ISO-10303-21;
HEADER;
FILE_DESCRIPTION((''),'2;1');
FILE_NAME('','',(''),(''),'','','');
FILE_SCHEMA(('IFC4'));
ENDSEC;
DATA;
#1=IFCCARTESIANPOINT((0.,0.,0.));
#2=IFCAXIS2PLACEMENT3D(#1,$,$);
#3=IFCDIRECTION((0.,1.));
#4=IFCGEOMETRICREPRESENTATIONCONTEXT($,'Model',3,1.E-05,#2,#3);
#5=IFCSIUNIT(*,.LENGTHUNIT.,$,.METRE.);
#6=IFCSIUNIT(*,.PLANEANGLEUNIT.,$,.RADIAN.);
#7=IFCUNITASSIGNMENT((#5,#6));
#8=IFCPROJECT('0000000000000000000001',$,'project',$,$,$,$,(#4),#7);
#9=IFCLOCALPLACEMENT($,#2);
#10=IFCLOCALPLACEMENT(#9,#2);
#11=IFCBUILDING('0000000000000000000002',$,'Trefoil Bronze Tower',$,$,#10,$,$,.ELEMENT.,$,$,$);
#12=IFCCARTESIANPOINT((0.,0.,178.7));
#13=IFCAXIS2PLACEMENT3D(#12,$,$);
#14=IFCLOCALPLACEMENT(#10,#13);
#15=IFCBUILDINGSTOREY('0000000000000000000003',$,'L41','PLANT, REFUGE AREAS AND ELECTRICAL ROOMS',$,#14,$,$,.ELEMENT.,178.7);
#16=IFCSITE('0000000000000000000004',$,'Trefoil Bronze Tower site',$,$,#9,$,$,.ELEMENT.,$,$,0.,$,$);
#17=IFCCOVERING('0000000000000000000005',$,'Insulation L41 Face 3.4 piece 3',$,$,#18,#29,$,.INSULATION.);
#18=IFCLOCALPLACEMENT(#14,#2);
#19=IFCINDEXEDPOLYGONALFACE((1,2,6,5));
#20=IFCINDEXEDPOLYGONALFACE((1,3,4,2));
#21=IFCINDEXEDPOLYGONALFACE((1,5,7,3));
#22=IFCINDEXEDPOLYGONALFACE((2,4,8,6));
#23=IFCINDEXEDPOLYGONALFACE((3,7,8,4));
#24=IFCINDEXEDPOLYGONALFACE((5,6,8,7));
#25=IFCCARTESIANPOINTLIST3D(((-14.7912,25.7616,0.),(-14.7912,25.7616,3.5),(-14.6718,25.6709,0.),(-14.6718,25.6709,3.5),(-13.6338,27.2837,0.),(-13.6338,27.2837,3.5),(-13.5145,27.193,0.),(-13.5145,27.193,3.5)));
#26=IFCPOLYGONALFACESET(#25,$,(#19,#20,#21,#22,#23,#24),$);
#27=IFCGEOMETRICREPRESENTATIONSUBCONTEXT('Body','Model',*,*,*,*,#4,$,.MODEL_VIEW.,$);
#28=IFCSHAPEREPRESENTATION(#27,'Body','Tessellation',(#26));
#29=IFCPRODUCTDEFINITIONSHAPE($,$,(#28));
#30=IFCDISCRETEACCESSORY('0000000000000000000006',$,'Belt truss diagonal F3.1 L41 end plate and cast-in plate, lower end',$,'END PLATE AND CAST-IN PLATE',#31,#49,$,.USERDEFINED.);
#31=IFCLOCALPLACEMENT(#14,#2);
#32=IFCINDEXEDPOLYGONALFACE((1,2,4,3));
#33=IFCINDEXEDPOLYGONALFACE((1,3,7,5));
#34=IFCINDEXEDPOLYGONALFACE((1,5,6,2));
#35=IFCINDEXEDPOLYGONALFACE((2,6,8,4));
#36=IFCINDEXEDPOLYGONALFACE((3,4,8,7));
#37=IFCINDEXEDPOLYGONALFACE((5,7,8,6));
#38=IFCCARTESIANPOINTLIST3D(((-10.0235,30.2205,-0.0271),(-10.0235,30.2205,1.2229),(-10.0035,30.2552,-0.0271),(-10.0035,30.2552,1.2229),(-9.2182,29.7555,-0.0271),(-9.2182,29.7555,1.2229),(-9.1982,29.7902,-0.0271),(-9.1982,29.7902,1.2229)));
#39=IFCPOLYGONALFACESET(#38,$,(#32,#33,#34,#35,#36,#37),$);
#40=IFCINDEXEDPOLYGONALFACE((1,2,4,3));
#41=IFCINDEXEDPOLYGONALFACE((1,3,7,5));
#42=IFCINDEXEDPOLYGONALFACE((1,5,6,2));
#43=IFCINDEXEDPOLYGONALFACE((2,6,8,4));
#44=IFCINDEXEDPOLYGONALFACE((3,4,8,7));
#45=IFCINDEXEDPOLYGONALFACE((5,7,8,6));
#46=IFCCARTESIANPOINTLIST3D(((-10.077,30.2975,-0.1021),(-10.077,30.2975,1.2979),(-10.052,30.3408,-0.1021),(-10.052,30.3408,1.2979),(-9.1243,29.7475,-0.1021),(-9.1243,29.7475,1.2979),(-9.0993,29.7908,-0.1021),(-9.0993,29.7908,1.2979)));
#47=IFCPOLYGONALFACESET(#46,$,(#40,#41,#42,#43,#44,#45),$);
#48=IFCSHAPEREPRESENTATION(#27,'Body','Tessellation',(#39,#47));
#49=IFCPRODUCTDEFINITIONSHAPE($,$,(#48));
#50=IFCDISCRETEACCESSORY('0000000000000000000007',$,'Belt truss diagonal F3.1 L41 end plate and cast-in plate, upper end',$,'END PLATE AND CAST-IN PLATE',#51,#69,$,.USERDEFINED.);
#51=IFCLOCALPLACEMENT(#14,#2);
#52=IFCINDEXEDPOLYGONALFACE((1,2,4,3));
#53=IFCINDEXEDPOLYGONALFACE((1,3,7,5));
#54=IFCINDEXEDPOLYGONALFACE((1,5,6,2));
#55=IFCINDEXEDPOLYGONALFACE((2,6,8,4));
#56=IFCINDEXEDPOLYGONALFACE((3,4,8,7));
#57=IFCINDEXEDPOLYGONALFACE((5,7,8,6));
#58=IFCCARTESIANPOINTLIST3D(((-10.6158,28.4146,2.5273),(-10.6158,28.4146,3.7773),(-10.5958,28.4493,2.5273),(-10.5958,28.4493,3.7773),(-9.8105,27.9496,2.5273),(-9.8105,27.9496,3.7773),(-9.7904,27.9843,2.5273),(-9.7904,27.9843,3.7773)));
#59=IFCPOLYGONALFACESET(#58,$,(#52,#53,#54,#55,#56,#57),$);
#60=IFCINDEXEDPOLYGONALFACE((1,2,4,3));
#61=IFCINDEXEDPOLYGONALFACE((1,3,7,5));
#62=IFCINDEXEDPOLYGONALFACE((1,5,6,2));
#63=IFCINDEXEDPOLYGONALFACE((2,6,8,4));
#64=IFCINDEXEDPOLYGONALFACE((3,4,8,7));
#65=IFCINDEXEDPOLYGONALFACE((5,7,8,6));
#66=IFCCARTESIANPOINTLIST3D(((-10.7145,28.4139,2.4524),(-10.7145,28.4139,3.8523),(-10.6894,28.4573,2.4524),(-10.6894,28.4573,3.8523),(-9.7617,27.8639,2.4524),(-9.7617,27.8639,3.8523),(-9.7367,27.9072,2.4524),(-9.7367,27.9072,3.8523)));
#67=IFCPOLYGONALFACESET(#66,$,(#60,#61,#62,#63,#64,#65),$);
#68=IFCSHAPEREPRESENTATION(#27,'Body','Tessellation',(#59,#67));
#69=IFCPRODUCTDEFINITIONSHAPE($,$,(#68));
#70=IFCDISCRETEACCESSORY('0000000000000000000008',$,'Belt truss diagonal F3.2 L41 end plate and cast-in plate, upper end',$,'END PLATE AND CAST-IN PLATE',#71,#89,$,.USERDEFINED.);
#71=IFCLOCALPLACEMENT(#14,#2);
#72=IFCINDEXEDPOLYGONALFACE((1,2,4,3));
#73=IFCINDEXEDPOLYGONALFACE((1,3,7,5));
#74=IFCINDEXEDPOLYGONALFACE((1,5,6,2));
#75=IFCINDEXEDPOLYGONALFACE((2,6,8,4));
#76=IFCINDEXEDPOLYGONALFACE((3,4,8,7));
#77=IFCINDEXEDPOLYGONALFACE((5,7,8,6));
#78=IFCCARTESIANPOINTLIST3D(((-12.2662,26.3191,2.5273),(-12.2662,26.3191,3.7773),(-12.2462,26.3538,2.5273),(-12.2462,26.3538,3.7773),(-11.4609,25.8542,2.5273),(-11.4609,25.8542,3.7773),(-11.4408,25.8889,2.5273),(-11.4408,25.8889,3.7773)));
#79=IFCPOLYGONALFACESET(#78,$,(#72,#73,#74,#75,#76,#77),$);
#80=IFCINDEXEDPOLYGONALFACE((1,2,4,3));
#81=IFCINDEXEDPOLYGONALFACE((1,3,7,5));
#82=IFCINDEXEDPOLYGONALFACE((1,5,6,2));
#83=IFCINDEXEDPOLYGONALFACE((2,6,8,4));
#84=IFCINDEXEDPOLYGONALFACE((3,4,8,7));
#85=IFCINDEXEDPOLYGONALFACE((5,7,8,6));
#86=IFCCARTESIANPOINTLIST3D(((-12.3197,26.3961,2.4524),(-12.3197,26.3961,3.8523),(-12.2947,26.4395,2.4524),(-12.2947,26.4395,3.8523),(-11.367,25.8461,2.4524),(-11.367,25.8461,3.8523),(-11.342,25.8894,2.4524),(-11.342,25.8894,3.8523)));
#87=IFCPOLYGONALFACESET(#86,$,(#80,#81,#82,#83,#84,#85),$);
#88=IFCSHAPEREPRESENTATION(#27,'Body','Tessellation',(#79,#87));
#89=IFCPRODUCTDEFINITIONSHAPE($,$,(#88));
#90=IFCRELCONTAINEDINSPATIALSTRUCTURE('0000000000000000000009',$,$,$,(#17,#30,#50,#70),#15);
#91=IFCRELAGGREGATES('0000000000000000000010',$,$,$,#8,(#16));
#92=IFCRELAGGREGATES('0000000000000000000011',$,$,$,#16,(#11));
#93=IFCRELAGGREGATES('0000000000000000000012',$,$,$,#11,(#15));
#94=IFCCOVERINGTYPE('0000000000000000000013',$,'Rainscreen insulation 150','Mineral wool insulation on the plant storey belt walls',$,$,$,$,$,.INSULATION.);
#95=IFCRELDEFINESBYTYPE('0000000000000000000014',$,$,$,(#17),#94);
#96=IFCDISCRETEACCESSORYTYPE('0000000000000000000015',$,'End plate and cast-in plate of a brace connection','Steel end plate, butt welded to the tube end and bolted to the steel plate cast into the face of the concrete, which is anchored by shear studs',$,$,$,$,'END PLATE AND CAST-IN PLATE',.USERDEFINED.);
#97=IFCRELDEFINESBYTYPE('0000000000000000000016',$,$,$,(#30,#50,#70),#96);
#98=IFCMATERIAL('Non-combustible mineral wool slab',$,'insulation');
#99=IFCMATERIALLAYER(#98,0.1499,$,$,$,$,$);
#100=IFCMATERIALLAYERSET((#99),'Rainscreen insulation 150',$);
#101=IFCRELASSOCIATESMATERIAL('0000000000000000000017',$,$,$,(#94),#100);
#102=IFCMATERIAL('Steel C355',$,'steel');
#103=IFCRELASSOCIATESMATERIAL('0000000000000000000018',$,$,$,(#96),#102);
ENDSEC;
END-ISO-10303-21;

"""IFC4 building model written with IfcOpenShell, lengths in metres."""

from ifc_helpers import new_model, si_unit, direction, frame, origin, origin_2d, place, context, subcontext, project, spatial, rectangle, extrude, material, layer, layer_set, type_object, element, save


model = new_model("IFC4")

# Units and contexts
model_context = context("Model", 3, precision=1e-05, world=origin(), true_north=direction((0.0, 1.0)))
body_context = subcontext(model_context, "Body", "Model", "MODEL_VIEW")
ifc_project = project(units=[si_unit("LENGTHUNIT", "METRE"), si_unit("PLANEANGLEUNIT", "RADIAN")], contexts=[model_context])

# Site, building, storey
site_placement = place(None, origin())
site = spatial("IfcSite", under=ifc_project, at=site_placement, Name="Trefoil Bronze Tower site", CompositionType="ELEMENT", RefElevation=0.0)
building_placement = place(site_placement, origin())
building = spatial("IfcBuilding", under=site, at=building_placement, Name="Trefoil Bronze Tower", CompositionType="ELEMENT")
storey_placement = place(building_placement, frame((0.0, 0.0, 178.7)))
storey = spatial("IfcBuildingStorey", under=building, at=storey_placement, Name="L41", Description="PLANT, REFUGE AREAS AND ELECTRICAL ROOMS", CompositionType="ELEMENT", Elevation=178.7)

# Covering
ifc_material_1 = material(Name="Non-combustible mineral wool slab", Category="insulation")
ifc_layer_1 = layer(ifc_material_1, 0.1499)
ifc_layer_set_1 = layer_set([ifc_layer_1], Name="Rainscreen insulation 150")
covering_type_1 = type_object("IfcCoveringType", Name="Rainscreen insulation 150", Description="Mineral wool insulation on the plant storey belt walls", PredefinedType="INSULATION", material=ifc_layer_set_1)
covering_1_placement = place(storey_placement, frame((-14.1528, 26.4773, 0.0), z_axis=(0.0, 0.0, 1.0), x_axis=(-0.605252, -0.796034, 0.0)))
element("IfcCovering", 1, at=covering_1_placement, inside=storey, type_object=covering_type_1, Name="Insulation L41 Face 3.4 piece 3", PredefinedType="INSULATION", context=body_context, shape_type="SweptSolid", body=[
    extrude(rectangle(XDim=1.9121, YDim=0.1499, at=origin_2d()), origin(), (0.0, 0.0, 1.0), 3.5),
])

# Discrete accessories
ifc_material_2 = material(Name="Steel C355", Category="steel")
discrete_accessory_type = type_object("IfcDiscreteAccessoryType", Name="End plate and cast-in plate of a brace connection", Description="Steel end plate, butt welded to the tube end and bolted to the steel plate cast into the face of the concrete, which is anchored by shear studs", ElementType="END PLATE AND CAST-IN PLATE", PredefinedType="USERDEFINED", material=ifc_material_2)
discrete_accessory_1_placement = place(storey_placement, frame((-9.6008, 30.0227, 0.5979), z_axis=(0.0, 0.0, 1.0), x_axis=(-0.5, -0.866025, 0.0)))
element("IfcDiscreteAccessory", 2, at=discrete_accessory_1_placement, inside=storey, type_object=discrete_accessory_type, Name="Belt truss diagonal F3.1 L41 end plate and cast-in plate, lower end", ObjectType="END PLATE AND CAST-IN PLATE", PredefinedType="USERDEFINED", context=body_context, shape_type="SweptSolid", body=[
    extrude(rectangle(XDim=0.04, YDim=0.9299, at=origin_2d()), frame((0.02, 0.0, -0.625)), (0.0, 0.0, 1.0), 1.25),
    extrude(rectangle(XDim=0.05, YDim=1.1001, at=origin_2d()), frame((-0.0249, 0.0002, -0.7)), (0.0, 0.0, 1.0), 1.3999),
])
discrete_accessory_2_placement = place(storey_placement, frame((-10.2131, 28.1821, 3.1523), z_axis=(0.0, 0.0, 1.0), x_axis=(0.5, 0.866025, 0.0)))
element("IfcDiscreteAccessory", 3, at=discrete_accessory_2_placement, inside=storey, type_object=discrete_accessory_type, Name="Belt truss diagonal F3.1 L41 end plate and cast-in plate, upper end", ObjectType="END PLATE AND CAST-IN PLATE", PredefinedType="USERDEFINED", context=body_context, shape_type="SweptSolid", body=[
    extrude(rectangle(XDim=0.04, YDim=0.9299, at=origin_2d()), frame((0.02, 0.0, -0.625)), (0.0, 0.0, 1.0), 1.25),
    extrude(rectangle(XDim=0.05, YDim=1.1001, at=origin_2d()), frame((-0.0249, 0.0, -0.7)), (0.0, 0.0, 1.0), 1.3999),
])
discrete_accessory_3_placement = place(storey_placement, frame((-11.8435, 26.1213, 3.1523), z_axis=(0.0, 0.0, 1.0), x_axis=(-0.5, -0.866025, 0.0)))
element("IfcDiscreteAccessory", 4, at=discrete_accessory_3_placement, inside=storey, type_object=discrete_accessory_type, Name="Belt truss diagonal F3.2 L41 end plate and cast-in plate, upper end", ObjectType="END PLATE AND CAST-IN PLATE", PredefinedType="USERDEFINED", context=body_context, shape_type="SweptSolid", body=[
    extrude(rectangle(XDim=0.04, YDim=0.9299, at=origin_2d()), frame((0.02, 0.0, -0.625)), (0.0, 0.0, 1.0), 1.25),
    extrude(rectangle(XDim=0.05, YDim=1.1001, at=origin_2d()), frame((-0.0249, 0.0002, -0.7)), (0.0, 0.0, 1.0), 1.3999),
])

save(model, "model.ifc")
